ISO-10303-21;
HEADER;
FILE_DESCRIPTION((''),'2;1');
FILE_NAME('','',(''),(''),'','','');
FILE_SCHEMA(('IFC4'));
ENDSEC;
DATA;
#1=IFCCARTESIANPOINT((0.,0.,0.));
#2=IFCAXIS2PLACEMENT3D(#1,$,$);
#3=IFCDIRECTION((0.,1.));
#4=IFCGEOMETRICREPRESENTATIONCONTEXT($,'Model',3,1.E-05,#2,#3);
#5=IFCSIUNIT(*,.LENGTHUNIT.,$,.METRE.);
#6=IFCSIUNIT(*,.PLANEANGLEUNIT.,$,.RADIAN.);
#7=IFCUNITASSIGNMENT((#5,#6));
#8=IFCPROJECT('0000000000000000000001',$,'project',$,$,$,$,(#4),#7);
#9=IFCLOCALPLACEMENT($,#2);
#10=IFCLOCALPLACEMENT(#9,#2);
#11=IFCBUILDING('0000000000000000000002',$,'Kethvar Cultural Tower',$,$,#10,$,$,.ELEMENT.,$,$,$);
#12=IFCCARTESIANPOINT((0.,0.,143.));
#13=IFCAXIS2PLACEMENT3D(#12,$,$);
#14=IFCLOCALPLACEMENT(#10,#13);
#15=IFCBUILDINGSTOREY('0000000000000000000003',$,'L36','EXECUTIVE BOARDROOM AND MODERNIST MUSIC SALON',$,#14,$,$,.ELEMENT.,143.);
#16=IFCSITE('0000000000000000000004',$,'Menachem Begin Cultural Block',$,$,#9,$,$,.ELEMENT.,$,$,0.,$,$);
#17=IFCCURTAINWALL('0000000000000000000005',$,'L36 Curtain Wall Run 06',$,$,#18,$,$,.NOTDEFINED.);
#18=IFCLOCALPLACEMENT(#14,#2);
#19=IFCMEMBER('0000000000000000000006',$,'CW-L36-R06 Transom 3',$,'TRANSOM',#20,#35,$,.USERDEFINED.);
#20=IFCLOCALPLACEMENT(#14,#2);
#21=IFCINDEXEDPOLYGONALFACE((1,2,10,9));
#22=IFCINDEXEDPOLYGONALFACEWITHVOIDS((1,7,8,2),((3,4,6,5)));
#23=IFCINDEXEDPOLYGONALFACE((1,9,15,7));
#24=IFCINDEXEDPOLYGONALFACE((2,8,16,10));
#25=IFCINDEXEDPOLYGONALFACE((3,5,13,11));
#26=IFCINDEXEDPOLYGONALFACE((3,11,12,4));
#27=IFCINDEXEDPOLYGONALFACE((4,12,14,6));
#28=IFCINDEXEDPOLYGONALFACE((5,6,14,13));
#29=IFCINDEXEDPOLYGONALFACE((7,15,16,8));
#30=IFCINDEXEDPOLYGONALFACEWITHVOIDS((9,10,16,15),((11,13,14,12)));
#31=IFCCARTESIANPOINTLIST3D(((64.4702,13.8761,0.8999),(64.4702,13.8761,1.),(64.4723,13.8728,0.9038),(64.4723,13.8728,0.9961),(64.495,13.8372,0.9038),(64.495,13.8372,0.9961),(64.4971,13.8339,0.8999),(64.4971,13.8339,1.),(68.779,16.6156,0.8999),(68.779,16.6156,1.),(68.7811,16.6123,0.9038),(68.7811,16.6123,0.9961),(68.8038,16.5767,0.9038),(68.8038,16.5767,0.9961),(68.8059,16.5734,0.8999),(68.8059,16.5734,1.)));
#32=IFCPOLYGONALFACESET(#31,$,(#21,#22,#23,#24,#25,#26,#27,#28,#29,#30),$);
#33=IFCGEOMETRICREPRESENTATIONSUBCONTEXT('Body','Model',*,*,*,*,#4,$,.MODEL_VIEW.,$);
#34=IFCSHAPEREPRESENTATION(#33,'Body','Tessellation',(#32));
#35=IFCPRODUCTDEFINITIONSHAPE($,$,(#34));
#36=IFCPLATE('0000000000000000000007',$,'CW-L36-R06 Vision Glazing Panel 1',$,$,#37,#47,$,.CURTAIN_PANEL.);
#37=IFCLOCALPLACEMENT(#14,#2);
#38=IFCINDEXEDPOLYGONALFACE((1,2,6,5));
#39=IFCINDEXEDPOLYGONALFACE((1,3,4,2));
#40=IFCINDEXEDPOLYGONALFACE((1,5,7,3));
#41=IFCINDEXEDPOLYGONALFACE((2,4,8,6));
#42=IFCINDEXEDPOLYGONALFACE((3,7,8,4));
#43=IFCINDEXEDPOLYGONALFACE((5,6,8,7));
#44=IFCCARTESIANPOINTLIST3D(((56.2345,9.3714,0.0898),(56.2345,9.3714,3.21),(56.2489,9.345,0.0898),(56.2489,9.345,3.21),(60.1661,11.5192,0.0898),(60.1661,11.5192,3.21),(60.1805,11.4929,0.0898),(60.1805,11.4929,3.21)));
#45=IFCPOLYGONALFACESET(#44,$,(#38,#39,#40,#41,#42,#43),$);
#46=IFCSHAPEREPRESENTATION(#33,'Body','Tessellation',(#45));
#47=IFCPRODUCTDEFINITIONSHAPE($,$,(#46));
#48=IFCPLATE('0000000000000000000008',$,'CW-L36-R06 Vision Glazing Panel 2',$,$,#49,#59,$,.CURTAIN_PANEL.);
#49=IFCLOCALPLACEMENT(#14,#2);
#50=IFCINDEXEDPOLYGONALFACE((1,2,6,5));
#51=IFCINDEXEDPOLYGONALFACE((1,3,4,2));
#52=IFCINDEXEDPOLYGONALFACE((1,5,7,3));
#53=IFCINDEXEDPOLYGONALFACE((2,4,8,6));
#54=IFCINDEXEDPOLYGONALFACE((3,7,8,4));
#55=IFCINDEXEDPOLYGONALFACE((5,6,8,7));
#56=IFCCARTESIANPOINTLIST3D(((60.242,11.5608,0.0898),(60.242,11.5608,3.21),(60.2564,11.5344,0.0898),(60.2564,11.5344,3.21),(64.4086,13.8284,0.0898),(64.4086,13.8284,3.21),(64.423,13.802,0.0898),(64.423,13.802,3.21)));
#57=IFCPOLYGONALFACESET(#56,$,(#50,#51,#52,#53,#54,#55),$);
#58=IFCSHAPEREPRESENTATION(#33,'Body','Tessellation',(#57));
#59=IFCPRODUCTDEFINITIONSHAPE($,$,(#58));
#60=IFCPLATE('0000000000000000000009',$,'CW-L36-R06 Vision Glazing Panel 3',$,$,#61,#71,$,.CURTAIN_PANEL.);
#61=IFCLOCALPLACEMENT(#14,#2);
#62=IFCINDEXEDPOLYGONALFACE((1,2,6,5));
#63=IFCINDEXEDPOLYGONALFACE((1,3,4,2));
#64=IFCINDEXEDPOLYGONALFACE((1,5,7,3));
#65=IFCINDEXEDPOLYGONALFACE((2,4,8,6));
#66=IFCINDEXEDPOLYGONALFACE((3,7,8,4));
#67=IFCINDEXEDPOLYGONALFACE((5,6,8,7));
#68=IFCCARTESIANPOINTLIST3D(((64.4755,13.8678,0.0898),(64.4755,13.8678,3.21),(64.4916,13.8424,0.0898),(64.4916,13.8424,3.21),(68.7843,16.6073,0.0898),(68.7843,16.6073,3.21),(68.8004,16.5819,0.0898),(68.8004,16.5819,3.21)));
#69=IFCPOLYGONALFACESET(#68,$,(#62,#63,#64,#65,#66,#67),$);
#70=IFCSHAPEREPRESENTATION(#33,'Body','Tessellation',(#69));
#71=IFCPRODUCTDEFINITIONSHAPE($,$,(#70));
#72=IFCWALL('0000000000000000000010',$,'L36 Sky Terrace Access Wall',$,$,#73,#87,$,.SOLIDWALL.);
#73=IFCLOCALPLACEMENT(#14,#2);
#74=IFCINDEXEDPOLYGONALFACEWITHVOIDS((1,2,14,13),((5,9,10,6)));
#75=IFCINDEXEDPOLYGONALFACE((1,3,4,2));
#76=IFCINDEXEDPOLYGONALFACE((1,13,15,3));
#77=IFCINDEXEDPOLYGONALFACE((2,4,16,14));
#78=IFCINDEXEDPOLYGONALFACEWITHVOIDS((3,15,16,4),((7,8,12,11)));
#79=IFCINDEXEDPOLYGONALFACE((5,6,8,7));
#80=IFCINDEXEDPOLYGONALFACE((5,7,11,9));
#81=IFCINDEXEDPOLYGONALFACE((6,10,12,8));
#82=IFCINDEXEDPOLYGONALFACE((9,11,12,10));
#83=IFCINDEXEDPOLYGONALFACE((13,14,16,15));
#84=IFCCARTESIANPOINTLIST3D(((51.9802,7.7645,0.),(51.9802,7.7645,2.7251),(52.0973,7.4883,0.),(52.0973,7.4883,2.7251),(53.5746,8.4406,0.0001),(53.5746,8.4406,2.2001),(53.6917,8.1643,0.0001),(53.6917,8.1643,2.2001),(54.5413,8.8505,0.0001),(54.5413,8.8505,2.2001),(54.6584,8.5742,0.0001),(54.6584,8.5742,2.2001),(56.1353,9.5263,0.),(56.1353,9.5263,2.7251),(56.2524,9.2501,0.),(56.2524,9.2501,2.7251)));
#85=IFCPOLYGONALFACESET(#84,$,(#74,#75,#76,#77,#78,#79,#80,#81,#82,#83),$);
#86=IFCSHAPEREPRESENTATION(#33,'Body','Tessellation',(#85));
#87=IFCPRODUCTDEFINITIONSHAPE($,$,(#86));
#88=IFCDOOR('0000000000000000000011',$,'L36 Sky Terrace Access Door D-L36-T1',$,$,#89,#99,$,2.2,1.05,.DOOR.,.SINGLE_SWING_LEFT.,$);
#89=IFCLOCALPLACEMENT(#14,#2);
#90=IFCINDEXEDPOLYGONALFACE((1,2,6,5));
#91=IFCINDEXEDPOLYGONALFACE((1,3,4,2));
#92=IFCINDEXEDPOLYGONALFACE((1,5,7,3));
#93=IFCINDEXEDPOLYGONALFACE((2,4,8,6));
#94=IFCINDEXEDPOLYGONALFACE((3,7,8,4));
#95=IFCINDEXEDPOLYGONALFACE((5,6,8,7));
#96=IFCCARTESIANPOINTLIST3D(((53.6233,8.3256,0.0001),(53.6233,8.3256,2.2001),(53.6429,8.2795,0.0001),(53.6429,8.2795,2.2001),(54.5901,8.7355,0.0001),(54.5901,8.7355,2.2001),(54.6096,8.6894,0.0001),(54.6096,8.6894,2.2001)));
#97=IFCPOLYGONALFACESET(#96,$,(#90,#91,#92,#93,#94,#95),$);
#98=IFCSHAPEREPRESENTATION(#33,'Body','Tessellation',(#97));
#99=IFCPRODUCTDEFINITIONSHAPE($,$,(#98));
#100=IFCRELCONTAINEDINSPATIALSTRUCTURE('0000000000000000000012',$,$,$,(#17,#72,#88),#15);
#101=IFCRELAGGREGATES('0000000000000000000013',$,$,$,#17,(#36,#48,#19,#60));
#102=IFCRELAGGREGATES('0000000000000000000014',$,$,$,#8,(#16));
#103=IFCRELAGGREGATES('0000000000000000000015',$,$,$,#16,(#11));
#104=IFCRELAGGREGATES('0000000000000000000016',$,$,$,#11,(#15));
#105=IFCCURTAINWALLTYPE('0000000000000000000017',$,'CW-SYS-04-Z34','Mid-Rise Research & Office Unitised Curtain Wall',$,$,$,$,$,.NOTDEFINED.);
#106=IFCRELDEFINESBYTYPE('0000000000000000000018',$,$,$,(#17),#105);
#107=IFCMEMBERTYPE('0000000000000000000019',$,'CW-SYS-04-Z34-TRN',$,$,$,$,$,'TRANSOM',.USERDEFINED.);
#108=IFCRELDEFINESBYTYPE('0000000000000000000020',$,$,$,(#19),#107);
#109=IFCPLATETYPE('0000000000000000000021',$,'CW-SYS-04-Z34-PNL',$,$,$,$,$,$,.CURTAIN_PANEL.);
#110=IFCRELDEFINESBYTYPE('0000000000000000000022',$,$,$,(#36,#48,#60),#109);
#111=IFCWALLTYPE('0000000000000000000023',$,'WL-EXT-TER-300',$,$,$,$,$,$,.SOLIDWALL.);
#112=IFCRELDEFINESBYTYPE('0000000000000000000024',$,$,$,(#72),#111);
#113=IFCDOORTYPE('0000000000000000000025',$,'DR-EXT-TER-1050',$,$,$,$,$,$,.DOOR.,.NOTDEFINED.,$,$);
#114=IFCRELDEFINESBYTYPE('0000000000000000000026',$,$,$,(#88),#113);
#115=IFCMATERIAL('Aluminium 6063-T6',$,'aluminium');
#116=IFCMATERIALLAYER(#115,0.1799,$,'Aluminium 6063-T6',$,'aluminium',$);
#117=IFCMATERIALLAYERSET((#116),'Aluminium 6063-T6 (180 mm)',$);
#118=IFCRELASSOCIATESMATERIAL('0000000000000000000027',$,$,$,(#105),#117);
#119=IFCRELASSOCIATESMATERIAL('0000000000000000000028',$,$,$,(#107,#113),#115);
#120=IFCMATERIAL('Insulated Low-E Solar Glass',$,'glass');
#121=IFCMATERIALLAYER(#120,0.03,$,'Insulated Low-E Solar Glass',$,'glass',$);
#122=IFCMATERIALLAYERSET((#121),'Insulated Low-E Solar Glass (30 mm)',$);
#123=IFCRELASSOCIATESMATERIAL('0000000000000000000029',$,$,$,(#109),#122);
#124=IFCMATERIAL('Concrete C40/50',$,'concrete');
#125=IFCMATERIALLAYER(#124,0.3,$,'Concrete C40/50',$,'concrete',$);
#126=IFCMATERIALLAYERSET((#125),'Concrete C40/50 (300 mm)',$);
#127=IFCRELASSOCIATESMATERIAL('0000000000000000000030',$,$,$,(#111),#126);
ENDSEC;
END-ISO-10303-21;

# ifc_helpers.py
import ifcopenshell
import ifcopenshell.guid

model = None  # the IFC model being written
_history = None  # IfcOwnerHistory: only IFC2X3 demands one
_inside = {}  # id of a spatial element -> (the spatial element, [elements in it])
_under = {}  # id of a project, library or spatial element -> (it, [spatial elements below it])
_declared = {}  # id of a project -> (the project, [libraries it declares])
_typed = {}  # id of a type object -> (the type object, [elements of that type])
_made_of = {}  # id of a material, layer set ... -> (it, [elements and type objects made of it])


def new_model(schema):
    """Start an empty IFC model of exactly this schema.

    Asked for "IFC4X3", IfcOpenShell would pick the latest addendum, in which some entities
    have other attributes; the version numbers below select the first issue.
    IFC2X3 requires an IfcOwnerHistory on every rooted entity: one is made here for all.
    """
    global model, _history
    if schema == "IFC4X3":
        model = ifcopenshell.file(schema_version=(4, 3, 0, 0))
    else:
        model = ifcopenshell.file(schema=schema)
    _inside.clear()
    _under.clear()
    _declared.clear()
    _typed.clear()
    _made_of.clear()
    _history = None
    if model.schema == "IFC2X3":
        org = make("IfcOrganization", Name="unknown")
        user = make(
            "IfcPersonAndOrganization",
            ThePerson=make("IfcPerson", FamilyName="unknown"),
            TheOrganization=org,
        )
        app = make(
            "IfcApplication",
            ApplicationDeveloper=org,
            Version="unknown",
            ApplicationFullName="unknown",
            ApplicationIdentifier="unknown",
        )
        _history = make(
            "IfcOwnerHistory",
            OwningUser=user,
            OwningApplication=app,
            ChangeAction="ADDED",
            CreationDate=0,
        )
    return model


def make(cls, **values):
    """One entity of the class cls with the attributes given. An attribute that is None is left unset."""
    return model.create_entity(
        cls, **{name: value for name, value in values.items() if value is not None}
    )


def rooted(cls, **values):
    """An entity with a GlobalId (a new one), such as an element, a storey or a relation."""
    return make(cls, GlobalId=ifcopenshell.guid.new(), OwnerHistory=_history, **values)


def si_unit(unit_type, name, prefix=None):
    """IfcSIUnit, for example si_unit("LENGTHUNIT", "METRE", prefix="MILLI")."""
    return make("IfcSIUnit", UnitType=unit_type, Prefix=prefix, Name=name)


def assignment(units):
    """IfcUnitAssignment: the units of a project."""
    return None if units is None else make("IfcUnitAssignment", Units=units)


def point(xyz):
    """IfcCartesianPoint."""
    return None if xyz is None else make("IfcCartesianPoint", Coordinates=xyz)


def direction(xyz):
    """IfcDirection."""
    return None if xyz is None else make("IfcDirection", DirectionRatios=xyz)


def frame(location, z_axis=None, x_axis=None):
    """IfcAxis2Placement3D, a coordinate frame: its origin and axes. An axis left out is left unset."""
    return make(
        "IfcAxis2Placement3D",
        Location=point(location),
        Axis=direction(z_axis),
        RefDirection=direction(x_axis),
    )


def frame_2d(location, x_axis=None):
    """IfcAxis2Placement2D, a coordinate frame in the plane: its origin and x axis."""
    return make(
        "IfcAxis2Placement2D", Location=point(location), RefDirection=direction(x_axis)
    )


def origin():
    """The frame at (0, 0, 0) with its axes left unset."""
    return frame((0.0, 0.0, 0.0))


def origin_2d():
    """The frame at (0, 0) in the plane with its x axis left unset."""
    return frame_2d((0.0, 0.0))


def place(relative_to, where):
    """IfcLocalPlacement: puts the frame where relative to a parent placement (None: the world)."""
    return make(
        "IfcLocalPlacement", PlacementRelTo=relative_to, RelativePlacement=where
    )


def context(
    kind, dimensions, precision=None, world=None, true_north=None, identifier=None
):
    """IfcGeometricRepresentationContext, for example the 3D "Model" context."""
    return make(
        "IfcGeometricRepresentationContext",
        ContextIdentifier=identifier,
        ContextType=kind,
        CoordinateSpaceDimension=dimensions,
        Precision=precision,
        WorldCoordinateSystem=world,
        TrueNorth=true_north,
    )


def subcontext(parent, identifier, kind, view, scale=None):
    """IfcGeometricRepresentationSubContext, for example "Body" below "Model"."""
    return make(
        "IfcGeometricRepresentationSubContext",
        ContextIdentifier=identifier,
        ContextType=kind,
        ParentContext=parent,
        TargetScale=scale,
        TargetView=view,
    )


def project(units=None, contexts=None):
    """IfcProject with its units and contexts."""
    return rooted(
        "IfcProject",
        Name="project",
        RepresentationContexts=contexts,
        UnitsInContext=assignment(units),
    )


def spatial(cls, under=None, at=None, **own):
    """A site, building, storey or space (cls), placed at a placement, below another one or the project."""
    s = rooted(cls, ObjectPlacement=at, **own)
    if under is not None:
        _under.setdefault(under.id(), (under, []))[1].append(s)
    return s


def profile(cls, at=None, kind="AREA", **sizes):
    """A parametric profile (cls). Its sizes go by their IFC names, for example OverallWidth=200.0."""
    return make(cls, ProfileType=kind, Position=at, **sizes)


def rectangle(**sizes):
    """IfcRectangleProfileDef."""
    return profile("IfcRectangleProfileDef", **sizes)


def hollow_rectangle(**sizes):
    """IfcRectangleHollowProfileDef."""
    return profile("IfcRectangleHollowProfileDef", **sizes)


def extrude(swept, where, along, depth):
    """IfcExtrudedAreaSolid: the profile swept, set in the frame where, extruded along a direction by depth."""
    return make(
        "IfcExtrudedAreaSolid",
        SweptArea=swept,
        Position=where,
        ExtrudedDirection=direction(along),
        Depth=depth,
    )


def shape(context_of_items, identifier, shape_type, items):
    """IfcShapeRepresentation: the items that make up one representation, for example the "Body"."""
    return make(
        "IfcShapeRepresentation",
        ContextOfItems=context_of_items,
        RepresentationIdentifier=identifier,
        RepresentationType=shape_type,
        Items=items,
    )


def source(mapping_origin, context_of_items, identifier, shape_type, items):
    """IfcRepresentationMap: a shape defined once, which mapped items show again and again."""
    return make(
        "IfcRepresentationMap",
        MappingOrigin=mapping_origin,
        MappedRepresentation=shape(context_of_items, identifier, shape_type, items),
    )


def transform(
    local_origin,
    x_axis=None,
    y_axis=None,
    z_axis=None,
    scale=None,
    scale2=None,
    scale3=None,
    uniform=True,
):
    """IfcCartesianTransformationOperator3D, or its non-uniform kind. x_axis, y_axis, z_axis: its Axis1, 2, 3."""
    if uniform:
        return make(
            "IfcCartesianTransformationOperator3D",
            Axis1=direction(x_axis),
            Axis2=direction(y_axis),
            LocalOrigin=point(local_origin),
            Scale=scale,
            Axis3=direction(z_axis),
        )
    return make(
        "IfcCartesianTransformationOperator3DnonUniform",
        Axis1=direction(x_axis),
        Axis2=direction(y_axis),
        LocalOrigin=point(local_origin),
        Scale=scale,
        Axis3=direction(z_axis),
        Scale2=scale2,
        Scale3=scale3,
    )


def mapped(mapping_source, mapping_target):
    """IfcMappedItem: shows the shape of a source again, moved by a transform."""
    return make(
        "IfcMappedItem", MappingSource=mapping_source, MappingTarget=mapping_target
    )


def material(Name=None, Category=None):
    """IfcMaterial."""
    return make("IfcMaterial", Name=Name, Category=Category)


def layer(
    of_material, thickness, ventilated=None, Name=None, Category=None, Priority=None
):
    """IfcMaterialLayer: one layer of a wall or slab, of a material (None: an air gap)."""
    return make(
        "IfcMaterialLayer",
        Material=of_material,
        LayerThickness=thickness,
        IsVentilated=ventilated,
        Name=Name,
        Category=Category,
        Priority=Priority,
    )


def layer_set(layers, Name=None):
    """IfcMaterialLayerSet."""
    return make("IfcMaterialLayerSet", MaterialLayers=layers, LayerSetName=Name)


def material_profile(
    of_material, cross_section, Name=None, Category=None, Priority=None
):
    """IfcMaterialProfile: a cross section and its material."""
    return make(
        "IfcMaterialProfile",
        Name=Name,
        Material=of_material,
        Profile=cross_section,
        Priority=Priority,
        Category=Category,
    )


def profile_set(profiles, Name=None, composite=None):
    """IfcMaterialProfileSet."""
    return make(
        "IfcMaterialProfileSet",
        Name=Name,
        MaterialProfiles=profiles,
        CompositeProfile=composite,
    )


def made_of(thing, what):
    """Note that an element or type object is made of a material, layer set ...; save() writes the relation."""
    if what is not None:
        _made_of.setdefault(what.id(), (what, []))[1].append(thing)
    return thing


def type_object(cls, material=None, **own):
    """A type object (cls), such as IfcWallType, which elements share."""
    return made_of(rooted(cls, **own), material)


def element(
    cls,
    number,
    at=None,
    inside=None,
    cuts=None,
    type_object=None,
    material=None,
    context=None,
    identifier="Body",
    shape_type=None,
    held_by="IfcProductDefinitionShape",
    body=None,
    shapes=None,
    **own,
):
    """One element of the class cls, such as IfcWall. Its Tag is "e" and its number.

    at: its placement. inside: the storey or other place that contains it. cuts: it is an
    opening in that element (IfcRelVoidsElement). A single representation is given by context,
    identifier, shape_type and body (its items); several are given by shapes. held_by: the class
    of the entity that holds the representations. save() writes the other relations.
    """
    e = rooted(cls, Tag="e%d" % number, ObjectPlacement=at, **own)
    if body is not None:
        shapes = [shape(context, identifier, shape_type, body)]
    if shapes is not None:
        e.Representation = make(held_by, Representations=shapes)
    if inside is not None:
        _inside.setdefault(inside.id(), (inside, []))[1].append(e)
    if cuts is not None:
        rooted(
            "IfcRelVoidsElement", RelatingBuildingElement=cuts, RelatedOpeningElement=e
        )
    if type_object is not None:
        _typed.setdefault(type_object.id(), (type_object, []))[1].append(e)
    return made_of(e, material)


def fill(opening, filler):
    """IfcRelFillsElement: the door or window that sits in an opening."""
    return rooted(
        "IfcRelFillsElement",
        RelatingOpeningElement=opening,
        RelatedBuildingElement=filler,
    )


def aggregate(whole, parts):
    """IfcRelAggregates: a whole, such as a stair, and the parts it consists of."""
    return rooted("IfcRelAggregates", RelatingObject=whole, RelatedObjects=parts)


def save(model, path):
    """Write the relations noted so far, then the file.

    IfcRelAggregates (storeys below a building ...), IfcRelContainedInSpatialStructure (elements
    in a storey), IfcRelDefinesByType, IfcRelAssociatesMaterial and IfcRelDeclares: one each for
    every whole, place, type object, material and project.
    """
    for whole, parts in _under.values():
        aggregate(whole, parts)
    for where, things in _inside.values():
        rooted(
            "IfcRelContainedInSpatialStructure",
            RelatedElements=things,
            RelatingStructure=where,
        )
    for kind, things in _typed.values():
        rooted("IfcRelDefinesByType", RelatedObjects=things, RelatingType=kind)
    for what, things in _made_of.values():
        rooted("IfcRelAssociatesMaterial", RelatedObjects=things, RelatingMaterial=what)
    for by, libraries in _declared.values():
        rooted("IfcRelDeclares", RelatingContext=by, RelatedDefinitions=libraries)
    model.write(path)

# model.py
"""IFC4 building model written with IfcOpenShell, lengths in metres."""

from ifc_helpers import new_model, si_unit, direction, frame, frame_2d, origin, origin_2d, place, context, subcontext, project, spatial, rectangle, hollow_rectangle, extrude, source, transform, mapped, material, layer, layer_set, material_profile, profile_set, type_object, element, fill, aggregate, save


model = new_model("IFC4")

# Units and contexts
model_context = context("Model", 3, precision=1e-05, world=origin(), true_north=direction((0.0, 1.0)))
body_context = subcontext(model_context, "Body", "Model", "MODEL_VIEW")
ifc_project = project(units=[si_unit("LENGTHUNIT", "METRE"), si_unit("PLANEANGLEUNIT", "RADIAN")], contexts=[model_context])

# Site, building, storey
site_placement = place(None, origin())
site = spatial("IfcSite", under=ifc_project, at=site_placement, Name="Menachem Begin Cultural Block", CompositionType="ELEMENT", RefElevation=0.0)
building_placement = place(site_placement, origin())
building = spatial("IfcBuilding", under=site, at=building_placement, Name="Kethvar Cultural Tower", CompositionType="ELEMENT")
storey_placement = place(building_placement, frame((0.0, 0.0, 143.0)))
storey = spatial("IfcBuildingStorey", under=building, at=storey_placement, Name="L36", Description="EXECUTIVE BOARDROOM AND MODERNIST MUSIC SALON", CompositionType="ELEMENT", Elevation=143.0)

# Curtain wall, member, plates
ifc_material_1 = material(Name="Aluminium 6063-T6", Category="aluminium")
ifc_layer_1 = layer(ifc_material_1, 0.1799, Name="Aluminium 6063-T6", Category="aluminium")
ifc_layer_set_1 = layer_set([ifc_layer_1], Name="Aluminium 6063-T6 (180 mm)")
curtain_wall_type = type_object("IfcCurtainWallType", Name="CW-SYS-04-Z34", Description="Mid-Rise Research & Office Unitised Curtain Wall", PredefinedType="NOTDEFINED", material=ifc_layer_set_1)
curtain_wall_placement = place(storey_placement, origin())
curtain_wall = element("IfcCurtainWall", 1, at=curtain_wall_placement, inside=storey, type_object=curtain_wall_type, Name="L36 Curtain Wall Run 06", PredefinedType="NOTDEFINED")
ifc_material_profile_1 = material_profile(ifc_material_1, hollow_rectangle(XDim=0.05, YDim=0.1001, WallThickness=0.0039, at=origin_2d()), Name="Aluminium 6063-T6 — RHS100x50x4")
ifc_profile_set_1 = profile_set([ifc_material_profile_1], Name="Aluminium 6063-T6 — RHS100x50x4")
member_type_1 = type_object("IfcMemberType", Name="CW-SYS-04-Z34-TRN", ElementType="TRANSOM", PredefinedType="USERDEFINED", material=ifc_profile_set_1)
shared_shape_1 = source(origin(), body_context, "Body", "SweptSolid", [
    extrude(hollow_rectangle(XDim=0.05, YDim=0.1001, WallThickness=0.0039, at=origin_2d()), origin(), (0.0, 0.0, 1.0), 5.106),
])
member_1_placement = place(storey_placement, frame((64.4836, 13.855, 0.95), z_axis=(0.843882, 0.536529, 0.0), x_axis=(-0.536529, 0.843882, 0.0)))
member_1 = element("IfcMember", 2, at=member_1_placement, type_object=member_type_1, Name="CW-L36-R06 Transom 3", ObjectType="TRANSOM", PredefinedType="USERDEFINED", context=body_context, shape_type="MappedRepresentation", body=[
    mapped(shared_shape_1, transform((0.0, 0.0, 0.0), scale=1.0)),
])
ifc_material_2 = material(Name="Insulated Low-E Solar Glass", Category="glass")
ifc_layer_2 = layer(ifc_material_2, 0.03, Name="Insulated Low-E Solar Glass", Category="glass")
ifc_layer_set_2 = layer_set([ifc_layer_2], Name="Insulated Low-E Solar Glass (30 mm)")
plate_type = type_object("IfcPlateType", Name="CW-SYS-04-Z34-PNL", PredefinedType="CURTAIN_PANEL", material=ifc_layer_set_2)
shared_shape_2 = source(origin(), body_context, "Body", "SweptSolid", [
    extrude(rectangle(XDim=4.48, YDim=0.03, at=origin_2d()), origin(), (0.0, 0.0, 1.0), 3.1201),
])
plate_1_placement = place(storey_placement, frame((58.2075, 10.4321, 0.0898), z_axis=(0.0, 0.0, 1.0), x_axis=(0.877582, 0.479427, 0.0)))
plate_1 = element("IfcPlate", 3, at=plate_1_placement, type_object=plate_type, Name="CW-L36-R06 Vision Glazing Panel 1", PredefinedType="CURTAIN_PANEL", context=body_context, shape_type="MappedRepresentation", body=[
    mapped(shared_shape_2, transform((0.0, 0.0, 0.0), scale=1.0)),
])
shared_shape_3 = source(origin(), body_context, "Body", "SweptSolid", [
    extrude(rectangle(XDim=4.7437, YDim=0.03, at=origin_2d()), origin(), (0.0, 0.0, 1.0), 3.1201),
])
plate_2_placement = place(storey_placement, frame((62.3325, 12.6814, 0.0898), z_axis=(0.0, 0.0, 1.0), x_axis=(0.87835, 0.478017, 0.0)))
plate_2 = element("IfcPlate", 4, at=plate_2_placement, type_object=plate_type, Name="CW-L36-R06 Vision Glazing Panel 2", PredefinedType="CURTAIN_PANEL", context=body_context, shape_type="MappedRepresentation", body=[
    mapped(shared_shape_3, transform((0.0, 0.0, 0.0), scale=1.0)),
])
shared_shape_4 = source(origin(), body_context, "Body", "SweptSolid", [
    extrude(rectangle(XDim=5.106, YDim=0.03, at=origin_2d()), origin(), (0.0, 0.0, 1.0), 3.1201),
])
plate_3_placement = place(storey_placement, frame((66.6379, 15.2249, 0.0898), z_axis=(0.0, 0.0, 1.0), x_axis=(0.843879, 0.536534, 0.0)))
plate_3 = element("IfcPlate", 5, at=plate_3_placement, type_object=plate_type, Name="CW-L36-R06 Vision Glazing Panel 3", PredefinedType="CURTAIN_PANEL", context=body_context, shape_type="MappedRepresentation", body=[
    mapped(shared_shape_4, transform((0.0, 0.0, 0.0), scale=1.0)),
])
aggregate(curtain_wall, [plate_1, plate_2, member_1, plate_3])

# Wall, opening, door
ifc_material_3 = material(Name="Concrete C40/50", Category="concrete")
ifc_layer_3 = layer(ifc_material_3, 0.3, Name="Concrete C40/50", Category="concrete")
ifc_layer_set_3 = layer_set([ifc_layer_3], Name="Concrete C40/50 (300 mm)")
wall_type = type_object("IfcWallType", Name="WL-EXT-TER-300", PredefinedType="SOLIDWALL", material=ifc_layer_set_3)
wall_placement = place(storey_placement, frame((56.1938, 9.3882, 0.0), z_axis=(0.0, 0.0, 1.0), x_axis=(-0.920663, -0.390358, 0.0)))
wall = element("IfcWall", 6, at=wall_placement, inside=storey, type_object=wall_type, Name="L36 Sky Terrace Access Wall", PredefinedType="SOLIDWALL", context=body_context, shape_type="SweptSolid", body=[
    extrude(rectangle(XDim=4.5132, YDim=0.3, at=frame_2d((2.2566, 0.0))), origin(), (0.0, 0.0, 1.0), 2.7251),
])
opening_placement = place(wall_placement, frame((1.7314, 0.0, 0.0)))
opening = element("IfcOpeningElement", 7, at=opening_placement, cuts=wall, PredefinedType="OPENING", context=body_context, shape_type="SweptSolid", body=[
    extrude(rectangle(XDim=1.05, YDim=2.2, at=frame_2d((0.5249, 1.1001))), frame((0.0, 0.1599, 0.0), z_axis=(0.0, -1.0, 0.0), x_axis=(1.0, 0.0, 0.0)), (0.0, 0.0, 1.0), 0.3201),
])
door_type = type_object("IfcDoorType", Name="DR-EXT-TER-1050", OperationType="NOTDEFINED", PredefinedType="DOOR", material=ifc_material_1)
shared_shape_5 = source(origin(), body_context, "Body", "SweptSolid", [
    extrude(rectangle(XDim=1.05, YDim=2.2, at=frame_2d((0.5249, 1.1001))), frame((0.0, 0.0249, 0.0), z_axis=(0.0, -1.0, 0.0), x_axis=(1.0, 0.0, 0.0)), (0.0, 0.0, 1.0), 0.05),
])
door_placement = place(opening_placement, origin())
door = element("IfcDoor", 8, at=door_placement, inside=storey, type_object=door_type, Name="L36 Sky Terrace Access Door D-L36-T1", OperationType="SINGLE_SWING_LEFT", OverallHeight=2.2, OverallWidth=1.05, PredefinedType="DOOR", context=body_context, shape_type="MappedRepresentation", body=[
    mapped(shared_shape_5, transform((0.0, 0.0, 0.0), scale=1.0)),
])
fill(opening, door)

save(model, "model.ifc")
